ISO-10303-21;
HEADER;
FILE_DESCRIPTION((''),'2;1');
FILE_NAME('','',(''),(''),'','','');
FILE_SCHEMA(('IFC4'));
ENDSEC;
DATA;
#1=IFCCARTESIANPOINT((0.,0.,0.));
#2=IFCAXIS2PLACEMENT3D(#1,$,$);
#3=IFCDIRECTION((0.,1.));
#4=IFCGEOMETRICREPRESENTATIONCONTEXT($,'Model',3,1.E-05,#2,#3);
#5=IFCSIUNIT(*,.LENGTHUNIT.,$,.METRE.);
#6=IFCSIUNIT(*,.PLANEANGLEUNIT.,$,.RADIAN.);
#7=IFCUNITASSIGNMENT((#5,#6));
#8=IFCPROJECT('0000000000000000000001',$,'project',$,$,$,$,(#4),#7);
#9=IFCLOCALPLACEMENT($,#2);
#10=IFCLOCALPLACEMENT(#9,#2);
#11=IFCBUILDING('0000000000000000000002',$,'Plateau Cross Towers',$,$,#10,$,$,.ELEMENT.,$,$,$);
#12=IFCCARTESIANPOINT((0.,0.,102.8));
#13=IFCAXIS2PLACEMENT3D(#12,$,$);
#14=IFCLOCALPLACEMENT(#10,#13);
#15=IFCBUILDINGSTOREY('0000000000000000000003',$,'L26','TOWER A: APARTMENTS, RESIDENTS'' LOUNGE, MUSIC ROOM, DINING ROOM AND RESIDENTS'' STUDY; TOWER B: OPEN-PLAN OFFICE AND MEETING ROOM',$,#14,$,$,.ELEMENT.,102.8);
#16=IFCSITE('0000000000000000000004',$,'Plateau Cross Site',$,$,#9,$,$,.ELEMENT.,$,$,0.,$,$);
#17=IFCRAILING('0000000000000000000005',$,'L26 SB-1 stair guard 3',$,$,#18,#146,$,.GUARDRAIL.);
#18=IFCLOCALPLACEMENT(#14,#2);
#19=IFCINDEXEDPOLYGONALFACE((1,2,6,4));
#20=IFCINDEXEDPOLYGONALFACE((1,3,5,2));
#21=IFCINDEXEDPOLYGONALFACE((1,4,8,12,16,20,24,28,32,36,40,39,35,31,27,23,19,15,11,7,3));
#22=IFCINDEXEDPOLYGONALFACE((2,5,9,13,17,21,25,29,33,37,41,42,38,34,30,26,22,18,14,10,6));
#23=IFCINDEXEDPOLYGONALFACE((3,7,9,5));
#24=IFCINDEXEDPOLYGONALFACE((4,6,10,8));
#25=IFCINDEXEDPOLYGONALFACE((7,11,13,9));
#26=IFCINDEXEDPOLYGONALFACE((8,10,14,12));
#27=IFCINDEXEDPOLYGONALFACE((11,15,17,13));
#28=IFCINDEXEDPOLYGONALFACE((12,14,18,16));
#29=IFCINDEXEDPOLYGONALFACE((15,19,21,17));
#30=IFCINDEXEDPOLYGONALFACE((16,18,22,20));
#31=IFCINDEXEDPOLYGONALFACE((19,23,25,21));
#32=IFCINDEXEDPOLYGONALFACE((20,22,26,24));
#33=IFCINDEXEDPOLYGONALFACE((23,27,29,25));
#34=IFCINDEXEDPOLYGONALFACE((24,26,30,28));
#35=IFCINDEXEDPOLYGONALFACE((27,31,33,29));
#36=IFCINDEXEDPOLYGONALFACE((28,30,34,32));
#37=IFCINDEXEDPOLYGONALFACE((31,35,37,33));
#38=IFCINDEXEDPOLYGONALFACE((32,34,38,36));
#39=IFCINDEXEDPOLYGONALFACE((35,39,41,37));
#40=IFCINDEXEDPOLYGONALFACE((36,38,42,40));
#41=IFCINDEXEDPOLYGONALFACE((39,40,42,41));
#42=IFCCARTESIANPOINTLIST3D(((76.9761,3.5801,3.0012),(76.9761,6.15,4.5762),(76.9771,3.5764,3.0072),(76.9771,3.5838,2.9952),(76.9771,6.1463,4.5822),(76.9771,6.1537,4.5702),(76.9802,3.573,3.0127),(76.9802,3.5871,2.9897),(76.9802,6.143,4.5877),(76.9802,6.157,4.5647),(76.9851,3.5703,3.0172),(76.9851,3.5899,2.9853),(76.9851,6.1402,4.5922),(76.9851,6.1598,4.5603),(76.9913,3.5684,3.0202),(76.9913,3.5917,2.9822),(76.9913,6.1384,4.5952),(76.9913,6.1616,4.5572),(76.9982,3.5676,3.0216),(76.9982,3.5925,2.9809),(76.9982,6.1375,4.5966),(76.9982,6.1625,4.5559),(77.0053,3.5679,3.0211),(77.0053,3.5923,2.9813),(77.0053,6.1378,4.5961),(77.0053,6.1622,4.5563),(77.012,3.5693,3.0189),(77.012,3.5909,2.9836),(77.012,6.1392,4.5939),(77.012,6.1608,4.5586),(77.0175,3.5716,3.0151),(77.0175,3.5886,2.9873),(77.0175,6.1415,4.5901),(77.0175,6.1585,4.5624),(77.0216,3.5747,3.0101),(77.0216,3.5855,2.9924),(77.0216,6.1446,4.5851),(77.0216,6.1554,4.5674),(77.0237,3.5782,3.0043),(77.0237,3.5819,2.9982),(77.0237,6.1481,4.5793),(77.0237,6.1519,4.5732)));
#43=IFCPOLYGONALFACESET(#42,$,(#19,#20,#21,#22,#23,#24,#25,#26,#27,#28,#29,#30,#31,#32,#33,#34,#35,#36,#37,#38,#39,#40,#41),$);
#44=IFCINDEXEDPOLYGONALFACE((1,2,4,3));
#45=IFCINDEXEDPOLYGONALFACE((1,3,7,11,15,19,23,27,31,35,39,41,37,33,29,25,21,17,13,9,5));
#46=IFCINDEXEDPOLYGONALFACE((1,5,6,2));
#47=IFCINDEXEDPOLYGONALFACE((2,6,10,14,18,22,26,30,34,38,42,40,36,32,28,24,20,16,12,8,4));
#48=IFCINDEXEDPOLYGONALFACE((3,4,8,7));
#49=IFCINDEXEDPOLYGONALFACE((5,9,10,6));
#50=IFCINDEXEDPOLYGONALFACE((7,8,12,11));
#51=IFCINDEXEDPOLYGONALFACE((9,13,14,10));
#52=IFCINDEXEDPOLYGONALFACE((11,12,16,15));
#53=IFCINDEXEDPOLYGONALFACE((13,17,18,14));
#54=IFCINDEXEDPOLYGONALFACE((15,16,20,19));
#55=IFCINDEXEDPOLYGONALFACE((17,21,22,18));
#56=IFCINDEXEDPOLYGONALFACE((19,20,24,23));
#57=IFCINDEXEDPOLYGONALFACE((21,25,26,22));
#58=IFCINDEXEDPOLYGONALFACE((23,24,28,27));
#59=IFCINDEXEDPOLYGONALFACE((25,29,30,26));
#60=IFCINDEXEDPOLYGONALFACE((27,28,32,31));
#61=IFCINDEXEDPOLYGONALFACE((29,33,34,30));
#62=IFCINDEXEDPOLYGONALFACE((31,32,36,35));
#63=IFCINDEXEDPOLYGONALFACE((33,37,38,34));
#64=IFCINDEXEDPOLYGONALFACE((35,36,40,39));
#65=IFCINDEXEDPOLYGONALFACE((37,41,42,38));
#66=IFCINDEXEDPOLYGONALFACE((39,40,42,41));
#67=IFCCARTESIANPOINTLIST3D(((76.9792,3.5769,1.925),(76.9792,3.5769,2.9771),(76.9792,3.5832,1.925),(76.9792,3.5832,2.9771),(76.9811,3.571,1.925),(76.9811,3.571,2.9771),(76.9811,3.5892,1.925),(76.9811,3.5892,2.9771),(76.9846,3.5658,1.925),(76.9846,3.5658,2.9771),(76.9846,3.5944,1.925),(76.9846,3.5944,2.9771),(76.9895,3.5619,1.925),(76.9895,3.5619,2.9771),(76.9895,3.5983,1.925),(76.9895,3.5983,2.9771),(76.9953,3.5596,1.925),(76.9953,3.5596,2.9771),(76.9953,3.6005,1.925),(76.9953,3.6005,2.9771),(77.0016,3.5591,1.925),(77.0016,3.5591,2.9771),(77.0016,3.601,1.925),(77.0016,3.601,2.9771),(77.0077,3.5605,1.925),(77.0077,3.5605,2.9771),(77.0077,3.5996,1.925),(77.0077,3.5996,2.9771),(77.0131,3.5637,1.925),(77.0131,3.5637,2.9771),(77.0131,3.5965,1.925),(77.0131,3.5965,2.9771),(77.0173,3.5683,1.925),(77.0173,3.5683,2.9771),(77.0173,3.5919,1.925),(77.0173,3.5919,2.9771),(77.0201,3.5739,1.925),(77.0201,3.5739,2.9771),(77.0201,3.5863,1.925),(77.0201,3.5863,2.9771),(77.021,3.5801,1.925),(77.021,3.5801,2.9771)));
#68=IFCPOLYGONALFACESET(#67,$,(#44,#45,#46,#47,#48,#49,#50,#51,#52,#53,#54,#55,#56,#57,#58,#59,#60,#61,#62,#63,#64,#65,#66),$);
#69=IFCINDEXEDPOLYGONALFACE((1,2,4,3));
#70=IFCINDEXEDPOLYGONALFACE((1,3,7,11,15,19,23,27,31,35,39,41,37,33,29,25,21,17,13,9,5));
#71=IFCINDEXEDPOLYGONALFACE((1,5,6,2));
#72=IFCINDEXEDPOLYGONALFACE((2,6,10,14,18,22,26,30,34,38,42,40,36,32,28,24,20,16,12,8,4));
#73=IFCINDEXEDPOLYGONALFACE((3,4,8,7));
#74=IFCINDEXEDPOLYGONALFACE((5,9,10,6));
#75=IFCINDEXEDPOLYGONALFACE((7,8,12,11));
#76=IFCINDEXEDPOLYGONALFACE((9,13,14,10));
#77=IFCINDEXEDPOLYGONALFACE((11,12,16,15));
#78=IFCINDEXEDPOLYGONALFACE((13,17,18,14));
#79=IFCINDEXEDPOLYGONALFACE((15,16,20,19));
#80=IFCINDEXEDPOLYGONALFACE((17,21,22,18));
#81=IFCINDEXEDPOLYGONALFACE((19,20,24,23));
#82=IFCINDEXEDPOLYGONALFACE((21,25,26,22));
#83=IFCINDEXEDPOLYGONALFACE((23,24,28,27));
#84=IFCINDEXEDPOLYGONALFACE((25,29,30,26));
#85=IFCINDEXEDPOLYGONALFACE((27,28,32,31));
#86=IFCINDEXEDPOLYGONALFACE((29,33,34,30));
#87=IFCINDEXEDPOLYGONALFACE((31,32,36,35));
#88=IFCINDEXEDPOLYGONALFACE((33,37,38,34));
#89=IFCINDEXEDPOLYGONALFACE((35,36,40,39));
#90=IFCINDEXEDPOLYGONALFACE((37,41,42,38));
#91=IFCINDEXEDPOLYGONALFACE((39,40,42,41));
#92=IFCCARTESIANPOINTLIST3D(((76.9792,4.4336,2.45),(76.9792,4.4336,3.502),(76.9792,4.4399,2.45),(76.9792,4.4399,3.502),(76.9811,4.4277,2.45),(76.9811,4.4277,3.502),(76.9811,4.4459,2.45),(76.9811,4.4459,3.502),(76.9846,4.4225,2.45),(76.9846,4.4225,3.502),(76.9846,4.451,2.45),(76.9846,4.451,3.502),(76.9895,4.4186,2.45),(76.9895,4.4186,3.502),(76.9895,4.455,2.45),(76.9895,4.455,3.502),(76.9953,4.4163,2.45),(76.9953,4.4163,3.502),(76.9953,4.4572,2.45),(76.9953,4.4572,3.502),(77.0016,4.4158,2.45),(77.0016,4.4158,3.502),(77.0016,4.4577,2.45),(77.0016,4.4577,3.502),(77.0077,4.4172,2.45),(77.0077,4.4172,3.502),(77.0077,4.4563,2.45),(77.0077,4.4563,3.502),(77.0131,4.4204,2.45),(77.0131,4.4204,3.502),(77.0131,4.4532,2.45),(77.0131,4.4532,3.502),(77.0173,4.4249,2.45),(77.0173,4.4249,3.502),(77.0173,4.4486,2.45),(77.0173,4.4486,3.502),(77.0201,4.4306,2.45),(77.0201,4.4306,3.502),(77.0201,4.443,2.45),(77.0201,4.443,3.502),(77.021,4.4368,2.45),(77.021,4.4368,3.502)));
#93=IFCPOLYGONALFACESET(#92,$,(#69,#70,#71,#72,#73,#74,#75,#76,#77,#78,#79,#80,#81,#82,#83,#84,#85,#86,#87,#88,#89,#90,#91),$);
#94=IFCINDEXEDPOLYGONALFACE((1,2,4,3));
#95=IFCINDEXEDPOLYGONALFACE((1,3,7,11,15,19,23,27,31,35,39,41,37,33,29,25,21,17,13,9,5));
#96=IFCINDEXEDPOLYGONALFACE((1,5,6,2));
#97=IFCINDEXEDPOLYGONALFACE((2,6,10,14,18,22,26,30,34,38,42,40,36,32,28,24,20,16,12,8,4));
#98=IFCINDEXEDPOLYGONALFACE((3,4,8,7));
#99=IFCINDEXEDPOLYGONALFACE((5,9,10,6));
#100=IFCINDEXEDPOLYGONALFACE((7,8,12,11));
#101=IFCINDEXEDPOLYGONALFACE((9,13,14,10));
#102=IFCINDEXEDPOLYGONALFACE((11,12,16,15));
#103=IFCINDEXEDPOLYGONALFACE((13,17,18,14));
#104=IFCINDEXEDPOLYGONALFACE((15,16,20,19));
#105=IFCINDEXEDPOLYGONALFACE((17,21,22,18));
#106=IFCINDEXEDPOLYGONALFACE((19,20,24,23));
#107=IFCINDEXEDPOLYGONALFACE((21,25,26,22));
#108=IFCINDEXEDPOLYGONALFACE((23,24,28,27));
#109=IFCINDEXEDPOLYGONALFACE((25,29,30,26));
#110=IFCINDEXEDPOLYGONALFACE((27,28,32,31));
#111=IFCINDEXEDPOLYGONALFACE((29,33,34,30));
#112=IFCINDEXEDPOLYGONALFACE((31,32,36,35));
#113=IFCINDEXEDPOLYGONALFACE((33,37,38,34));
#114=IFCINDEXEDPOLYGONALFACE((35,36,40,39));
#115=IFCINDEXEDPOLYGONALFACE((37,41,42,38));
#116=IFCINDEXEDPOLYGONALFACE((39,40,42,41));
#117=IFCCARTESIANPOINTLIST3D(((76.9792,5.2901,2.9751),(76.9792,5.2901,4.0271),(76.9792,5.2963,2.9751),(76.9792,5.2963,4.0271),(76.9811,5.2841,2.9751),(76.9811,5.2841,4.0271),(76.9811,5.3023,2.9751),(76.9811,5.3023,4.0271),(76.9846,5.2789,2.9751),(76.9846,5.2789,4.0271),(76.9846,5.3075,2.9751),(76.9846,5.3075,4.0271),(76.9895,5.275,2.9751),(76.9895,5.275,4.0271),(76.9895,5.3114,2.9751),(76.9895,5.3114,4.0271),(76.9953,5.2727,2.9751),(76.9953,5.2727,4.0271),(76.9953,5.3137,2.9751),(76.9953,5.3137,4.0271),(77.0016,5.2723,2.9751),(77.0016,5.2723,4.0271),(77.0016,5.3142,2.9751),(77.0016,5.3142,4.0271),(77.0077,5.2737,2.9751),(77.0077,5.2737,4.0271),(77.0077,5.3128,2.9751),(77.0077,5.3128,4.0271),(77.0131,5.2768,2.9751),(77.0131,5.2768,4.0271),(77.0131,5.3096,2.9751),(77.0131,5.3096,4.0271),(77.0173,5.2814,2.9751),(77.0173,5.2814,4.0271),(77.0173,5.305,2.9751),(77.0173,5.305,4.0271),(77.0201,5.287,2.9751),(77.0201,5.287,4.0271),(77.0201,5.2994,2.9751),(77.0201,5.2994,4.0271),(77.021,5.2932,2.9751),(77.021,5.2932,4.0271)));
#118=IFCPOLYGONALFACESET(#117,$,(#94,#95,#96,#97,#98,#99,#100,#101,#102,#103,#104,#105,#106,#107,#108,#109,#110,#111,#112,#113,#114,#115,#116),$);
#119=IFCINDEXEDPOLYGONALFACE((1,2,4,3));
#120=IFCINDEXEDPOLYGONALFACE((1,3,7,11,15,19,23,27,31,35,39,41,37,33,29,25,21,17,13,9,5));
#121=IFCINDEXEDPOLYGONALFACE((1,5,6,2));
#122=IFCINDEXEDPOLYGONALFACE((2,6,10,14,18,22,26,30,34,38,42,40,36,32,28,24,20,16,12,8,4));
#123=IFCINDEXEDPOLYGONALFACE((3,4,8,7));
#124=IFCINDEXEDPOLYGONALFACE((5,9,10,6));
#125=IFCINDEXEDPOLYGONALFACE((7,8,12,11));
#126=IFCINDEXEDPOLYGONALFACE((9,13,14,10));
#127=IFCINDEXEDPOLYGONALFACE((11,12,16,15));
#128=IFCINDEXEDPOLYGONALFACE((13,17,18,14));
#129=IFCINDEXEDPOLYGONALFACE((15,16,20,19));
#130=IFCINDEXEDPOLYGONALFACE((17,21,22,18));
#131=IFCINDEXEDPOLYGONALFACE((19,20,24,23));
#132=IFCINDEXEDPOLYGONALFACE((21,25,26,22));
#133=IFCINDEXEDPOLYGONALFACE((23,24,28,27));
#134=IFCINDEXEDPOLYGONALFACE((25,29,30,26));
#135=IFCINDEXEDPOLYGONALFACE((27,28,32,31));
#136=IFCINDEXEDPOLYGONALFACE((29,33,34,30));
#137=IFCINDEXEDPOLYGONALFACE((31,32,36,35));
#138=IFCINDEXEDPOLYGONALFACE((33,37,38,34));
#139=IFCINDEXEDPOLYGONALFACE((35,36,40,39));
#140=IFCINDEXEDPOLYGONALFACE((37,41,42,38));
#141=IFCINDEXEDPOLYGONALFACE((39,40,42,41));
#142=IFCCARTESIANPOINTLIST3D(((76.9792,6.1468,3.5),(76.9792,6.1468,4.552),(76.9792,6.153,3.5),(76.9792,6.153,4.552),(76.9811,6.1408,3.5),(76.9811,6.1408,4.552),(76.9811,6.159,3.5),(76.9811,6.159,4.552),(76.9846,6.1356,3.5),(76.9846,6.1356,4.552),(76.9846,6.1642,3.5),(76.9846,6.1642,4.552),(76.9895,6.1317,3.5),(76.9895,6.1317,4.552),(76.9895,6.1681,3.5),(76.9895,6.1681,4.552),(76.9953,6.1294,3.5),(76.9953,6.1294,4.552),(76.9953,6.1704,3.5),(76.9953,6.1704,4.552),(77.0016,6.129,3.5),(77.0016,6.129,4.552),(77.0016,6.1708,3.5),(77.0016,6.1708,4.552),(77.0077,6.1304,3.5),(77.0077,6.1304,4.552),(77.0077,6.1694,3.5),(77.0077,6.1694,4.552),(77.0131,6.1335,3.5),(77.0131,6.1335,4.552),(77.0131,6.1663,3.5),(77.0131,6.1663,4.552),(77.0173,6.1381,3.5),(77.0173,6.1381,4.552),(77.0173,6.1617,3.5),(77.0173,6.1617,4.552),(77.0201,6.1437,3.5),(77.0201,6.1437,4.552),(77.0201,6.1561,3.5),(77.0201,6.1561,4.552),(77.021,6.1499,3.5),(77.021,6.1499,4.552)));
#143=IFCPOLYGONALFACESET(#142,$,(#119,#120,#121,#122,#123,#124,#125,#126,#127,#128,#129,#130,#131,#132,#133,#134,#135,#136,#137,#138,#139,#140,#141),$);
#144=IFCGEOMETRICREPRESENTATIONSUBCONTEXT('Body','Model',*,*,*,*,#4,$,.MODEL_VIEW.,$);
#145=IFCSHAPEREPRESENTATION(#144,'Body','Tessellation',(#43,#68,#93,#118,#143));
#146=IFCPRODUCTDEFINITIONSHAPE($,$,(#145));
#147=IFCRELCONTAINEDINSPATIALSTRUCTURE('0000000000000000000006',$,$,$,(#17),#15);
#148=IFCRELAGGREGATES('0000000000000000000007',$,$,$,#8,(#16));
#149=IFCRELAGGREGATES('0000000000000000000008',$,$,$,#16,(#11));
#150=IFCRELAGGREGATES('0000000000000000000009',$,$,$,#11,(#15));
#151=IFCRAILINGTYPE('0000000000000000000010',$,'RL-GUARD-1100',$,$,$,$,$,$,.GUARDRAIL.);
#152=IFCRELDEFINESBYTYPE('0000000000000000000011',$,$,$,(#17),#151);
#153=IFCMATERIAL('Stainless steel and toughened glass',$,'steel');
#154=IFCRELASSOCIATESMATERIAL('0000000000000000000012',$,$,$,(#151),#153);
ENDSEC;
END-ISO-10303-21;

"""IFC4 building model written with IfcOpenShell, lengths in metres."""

from ifc_helpers import new_model, si_unit, direction, frame, origin, origin_2d, place, context, subcontext, project, spatial, circle, extrude, material, type_object, element, save


model = new_model("IFC4")

# Units and contexts
model_context = context("Model", 3, precision=1e-05, world=origin(), true_north=direction((0.0, 1.0)))
body_context = subcontext(model_context, "Body", "Model", "MODEL_VIEW")
ifc_project = project(units=[si_unit("LENGTHUNIT", "METRE"), si_unit("PLANEANGLEUNIT", "RADIAN")], contexts=[model_context])

# Site, building, storey
site_placement = place(None, origin())
site = spatial("IfcSite", under=ifc_project, at=site_placement, Name="Plateau Cross Site", CompositionType="ELEMENT", RefElevation=0.0)
building_placement = place(site_placement, origin())
building = spatial("IfcBuilding", under=site, at=building_placement, Name="Plateau Cross Towers", CompositionType="ELEMENT")
storey_placement = place(building_placement, frame((0.0, 0.0, 102.8)))
storey = spatial("IfcBuildingStorey", under=building, at=storey_placement, Name="L26", Description="TOWER A: APARTMENTS, RESIDENTS' LOUNGE, MUSIC ROOM, DINING ROOM AND RESIDENTS' STUDY; TOWER B: OPEN-PLAN OFFICE AND MEETING ROOM", CompositionType="ELEMENT", Elevation=102.8)

# Railing
ifc_material_1 = material(Name="Stainless steel and toughened glass", Category="steel")
railing_type_1 = type_object("IfcRailingType", Name="RL-GUARD-1100", PredefinedType="GUARDRAIL", material=ifc_material_1)
railing_1_placement = place(storey_placement, frame((77.0, 3.5801, 1.925)))
element("IfcRailing", 1, at=railing_1_placement, inside=storey, type_object=railing_type_1, Name="L26 SB-1 stair guard 3", PredefinedType="GUARDRAIL", context=body_context, shape_type="SweptSolid", body=[
    extrude(circle(Radius=0.0239, at=origin_2d()), frame((0.0, 0.0, 1.0762), z_axis=(0.0, 0.852616, 0.522537), x_axis=(-1.0, 0.0, 0.0)), (0.0, 0.0, 1.0), 3.0142),
    extrude(circle(Radius=0.021, at=origin_2d()), origin(), (0.0, 0.0, 1.0), 1.052),
    extrude(circle(Radius=0.021, at=origin_2d()), frame((0.0, 0.8567, 0.5249)), (0.0, 0.0, 1.0), 1.052),
    extrude(circle(Radius=0.021, at=origin_2d()), frame((0.0, 1.7131, 1.05)), (0.0, 0.0, 1.0), 1.052),
    extrude(circle(Radius=0.021, at=origin_2d()), frame((0.0, 2.5698, 1.575)), (0.0, 0.0, 1.0), 1.052),
])

save(model, "model.ifc")
